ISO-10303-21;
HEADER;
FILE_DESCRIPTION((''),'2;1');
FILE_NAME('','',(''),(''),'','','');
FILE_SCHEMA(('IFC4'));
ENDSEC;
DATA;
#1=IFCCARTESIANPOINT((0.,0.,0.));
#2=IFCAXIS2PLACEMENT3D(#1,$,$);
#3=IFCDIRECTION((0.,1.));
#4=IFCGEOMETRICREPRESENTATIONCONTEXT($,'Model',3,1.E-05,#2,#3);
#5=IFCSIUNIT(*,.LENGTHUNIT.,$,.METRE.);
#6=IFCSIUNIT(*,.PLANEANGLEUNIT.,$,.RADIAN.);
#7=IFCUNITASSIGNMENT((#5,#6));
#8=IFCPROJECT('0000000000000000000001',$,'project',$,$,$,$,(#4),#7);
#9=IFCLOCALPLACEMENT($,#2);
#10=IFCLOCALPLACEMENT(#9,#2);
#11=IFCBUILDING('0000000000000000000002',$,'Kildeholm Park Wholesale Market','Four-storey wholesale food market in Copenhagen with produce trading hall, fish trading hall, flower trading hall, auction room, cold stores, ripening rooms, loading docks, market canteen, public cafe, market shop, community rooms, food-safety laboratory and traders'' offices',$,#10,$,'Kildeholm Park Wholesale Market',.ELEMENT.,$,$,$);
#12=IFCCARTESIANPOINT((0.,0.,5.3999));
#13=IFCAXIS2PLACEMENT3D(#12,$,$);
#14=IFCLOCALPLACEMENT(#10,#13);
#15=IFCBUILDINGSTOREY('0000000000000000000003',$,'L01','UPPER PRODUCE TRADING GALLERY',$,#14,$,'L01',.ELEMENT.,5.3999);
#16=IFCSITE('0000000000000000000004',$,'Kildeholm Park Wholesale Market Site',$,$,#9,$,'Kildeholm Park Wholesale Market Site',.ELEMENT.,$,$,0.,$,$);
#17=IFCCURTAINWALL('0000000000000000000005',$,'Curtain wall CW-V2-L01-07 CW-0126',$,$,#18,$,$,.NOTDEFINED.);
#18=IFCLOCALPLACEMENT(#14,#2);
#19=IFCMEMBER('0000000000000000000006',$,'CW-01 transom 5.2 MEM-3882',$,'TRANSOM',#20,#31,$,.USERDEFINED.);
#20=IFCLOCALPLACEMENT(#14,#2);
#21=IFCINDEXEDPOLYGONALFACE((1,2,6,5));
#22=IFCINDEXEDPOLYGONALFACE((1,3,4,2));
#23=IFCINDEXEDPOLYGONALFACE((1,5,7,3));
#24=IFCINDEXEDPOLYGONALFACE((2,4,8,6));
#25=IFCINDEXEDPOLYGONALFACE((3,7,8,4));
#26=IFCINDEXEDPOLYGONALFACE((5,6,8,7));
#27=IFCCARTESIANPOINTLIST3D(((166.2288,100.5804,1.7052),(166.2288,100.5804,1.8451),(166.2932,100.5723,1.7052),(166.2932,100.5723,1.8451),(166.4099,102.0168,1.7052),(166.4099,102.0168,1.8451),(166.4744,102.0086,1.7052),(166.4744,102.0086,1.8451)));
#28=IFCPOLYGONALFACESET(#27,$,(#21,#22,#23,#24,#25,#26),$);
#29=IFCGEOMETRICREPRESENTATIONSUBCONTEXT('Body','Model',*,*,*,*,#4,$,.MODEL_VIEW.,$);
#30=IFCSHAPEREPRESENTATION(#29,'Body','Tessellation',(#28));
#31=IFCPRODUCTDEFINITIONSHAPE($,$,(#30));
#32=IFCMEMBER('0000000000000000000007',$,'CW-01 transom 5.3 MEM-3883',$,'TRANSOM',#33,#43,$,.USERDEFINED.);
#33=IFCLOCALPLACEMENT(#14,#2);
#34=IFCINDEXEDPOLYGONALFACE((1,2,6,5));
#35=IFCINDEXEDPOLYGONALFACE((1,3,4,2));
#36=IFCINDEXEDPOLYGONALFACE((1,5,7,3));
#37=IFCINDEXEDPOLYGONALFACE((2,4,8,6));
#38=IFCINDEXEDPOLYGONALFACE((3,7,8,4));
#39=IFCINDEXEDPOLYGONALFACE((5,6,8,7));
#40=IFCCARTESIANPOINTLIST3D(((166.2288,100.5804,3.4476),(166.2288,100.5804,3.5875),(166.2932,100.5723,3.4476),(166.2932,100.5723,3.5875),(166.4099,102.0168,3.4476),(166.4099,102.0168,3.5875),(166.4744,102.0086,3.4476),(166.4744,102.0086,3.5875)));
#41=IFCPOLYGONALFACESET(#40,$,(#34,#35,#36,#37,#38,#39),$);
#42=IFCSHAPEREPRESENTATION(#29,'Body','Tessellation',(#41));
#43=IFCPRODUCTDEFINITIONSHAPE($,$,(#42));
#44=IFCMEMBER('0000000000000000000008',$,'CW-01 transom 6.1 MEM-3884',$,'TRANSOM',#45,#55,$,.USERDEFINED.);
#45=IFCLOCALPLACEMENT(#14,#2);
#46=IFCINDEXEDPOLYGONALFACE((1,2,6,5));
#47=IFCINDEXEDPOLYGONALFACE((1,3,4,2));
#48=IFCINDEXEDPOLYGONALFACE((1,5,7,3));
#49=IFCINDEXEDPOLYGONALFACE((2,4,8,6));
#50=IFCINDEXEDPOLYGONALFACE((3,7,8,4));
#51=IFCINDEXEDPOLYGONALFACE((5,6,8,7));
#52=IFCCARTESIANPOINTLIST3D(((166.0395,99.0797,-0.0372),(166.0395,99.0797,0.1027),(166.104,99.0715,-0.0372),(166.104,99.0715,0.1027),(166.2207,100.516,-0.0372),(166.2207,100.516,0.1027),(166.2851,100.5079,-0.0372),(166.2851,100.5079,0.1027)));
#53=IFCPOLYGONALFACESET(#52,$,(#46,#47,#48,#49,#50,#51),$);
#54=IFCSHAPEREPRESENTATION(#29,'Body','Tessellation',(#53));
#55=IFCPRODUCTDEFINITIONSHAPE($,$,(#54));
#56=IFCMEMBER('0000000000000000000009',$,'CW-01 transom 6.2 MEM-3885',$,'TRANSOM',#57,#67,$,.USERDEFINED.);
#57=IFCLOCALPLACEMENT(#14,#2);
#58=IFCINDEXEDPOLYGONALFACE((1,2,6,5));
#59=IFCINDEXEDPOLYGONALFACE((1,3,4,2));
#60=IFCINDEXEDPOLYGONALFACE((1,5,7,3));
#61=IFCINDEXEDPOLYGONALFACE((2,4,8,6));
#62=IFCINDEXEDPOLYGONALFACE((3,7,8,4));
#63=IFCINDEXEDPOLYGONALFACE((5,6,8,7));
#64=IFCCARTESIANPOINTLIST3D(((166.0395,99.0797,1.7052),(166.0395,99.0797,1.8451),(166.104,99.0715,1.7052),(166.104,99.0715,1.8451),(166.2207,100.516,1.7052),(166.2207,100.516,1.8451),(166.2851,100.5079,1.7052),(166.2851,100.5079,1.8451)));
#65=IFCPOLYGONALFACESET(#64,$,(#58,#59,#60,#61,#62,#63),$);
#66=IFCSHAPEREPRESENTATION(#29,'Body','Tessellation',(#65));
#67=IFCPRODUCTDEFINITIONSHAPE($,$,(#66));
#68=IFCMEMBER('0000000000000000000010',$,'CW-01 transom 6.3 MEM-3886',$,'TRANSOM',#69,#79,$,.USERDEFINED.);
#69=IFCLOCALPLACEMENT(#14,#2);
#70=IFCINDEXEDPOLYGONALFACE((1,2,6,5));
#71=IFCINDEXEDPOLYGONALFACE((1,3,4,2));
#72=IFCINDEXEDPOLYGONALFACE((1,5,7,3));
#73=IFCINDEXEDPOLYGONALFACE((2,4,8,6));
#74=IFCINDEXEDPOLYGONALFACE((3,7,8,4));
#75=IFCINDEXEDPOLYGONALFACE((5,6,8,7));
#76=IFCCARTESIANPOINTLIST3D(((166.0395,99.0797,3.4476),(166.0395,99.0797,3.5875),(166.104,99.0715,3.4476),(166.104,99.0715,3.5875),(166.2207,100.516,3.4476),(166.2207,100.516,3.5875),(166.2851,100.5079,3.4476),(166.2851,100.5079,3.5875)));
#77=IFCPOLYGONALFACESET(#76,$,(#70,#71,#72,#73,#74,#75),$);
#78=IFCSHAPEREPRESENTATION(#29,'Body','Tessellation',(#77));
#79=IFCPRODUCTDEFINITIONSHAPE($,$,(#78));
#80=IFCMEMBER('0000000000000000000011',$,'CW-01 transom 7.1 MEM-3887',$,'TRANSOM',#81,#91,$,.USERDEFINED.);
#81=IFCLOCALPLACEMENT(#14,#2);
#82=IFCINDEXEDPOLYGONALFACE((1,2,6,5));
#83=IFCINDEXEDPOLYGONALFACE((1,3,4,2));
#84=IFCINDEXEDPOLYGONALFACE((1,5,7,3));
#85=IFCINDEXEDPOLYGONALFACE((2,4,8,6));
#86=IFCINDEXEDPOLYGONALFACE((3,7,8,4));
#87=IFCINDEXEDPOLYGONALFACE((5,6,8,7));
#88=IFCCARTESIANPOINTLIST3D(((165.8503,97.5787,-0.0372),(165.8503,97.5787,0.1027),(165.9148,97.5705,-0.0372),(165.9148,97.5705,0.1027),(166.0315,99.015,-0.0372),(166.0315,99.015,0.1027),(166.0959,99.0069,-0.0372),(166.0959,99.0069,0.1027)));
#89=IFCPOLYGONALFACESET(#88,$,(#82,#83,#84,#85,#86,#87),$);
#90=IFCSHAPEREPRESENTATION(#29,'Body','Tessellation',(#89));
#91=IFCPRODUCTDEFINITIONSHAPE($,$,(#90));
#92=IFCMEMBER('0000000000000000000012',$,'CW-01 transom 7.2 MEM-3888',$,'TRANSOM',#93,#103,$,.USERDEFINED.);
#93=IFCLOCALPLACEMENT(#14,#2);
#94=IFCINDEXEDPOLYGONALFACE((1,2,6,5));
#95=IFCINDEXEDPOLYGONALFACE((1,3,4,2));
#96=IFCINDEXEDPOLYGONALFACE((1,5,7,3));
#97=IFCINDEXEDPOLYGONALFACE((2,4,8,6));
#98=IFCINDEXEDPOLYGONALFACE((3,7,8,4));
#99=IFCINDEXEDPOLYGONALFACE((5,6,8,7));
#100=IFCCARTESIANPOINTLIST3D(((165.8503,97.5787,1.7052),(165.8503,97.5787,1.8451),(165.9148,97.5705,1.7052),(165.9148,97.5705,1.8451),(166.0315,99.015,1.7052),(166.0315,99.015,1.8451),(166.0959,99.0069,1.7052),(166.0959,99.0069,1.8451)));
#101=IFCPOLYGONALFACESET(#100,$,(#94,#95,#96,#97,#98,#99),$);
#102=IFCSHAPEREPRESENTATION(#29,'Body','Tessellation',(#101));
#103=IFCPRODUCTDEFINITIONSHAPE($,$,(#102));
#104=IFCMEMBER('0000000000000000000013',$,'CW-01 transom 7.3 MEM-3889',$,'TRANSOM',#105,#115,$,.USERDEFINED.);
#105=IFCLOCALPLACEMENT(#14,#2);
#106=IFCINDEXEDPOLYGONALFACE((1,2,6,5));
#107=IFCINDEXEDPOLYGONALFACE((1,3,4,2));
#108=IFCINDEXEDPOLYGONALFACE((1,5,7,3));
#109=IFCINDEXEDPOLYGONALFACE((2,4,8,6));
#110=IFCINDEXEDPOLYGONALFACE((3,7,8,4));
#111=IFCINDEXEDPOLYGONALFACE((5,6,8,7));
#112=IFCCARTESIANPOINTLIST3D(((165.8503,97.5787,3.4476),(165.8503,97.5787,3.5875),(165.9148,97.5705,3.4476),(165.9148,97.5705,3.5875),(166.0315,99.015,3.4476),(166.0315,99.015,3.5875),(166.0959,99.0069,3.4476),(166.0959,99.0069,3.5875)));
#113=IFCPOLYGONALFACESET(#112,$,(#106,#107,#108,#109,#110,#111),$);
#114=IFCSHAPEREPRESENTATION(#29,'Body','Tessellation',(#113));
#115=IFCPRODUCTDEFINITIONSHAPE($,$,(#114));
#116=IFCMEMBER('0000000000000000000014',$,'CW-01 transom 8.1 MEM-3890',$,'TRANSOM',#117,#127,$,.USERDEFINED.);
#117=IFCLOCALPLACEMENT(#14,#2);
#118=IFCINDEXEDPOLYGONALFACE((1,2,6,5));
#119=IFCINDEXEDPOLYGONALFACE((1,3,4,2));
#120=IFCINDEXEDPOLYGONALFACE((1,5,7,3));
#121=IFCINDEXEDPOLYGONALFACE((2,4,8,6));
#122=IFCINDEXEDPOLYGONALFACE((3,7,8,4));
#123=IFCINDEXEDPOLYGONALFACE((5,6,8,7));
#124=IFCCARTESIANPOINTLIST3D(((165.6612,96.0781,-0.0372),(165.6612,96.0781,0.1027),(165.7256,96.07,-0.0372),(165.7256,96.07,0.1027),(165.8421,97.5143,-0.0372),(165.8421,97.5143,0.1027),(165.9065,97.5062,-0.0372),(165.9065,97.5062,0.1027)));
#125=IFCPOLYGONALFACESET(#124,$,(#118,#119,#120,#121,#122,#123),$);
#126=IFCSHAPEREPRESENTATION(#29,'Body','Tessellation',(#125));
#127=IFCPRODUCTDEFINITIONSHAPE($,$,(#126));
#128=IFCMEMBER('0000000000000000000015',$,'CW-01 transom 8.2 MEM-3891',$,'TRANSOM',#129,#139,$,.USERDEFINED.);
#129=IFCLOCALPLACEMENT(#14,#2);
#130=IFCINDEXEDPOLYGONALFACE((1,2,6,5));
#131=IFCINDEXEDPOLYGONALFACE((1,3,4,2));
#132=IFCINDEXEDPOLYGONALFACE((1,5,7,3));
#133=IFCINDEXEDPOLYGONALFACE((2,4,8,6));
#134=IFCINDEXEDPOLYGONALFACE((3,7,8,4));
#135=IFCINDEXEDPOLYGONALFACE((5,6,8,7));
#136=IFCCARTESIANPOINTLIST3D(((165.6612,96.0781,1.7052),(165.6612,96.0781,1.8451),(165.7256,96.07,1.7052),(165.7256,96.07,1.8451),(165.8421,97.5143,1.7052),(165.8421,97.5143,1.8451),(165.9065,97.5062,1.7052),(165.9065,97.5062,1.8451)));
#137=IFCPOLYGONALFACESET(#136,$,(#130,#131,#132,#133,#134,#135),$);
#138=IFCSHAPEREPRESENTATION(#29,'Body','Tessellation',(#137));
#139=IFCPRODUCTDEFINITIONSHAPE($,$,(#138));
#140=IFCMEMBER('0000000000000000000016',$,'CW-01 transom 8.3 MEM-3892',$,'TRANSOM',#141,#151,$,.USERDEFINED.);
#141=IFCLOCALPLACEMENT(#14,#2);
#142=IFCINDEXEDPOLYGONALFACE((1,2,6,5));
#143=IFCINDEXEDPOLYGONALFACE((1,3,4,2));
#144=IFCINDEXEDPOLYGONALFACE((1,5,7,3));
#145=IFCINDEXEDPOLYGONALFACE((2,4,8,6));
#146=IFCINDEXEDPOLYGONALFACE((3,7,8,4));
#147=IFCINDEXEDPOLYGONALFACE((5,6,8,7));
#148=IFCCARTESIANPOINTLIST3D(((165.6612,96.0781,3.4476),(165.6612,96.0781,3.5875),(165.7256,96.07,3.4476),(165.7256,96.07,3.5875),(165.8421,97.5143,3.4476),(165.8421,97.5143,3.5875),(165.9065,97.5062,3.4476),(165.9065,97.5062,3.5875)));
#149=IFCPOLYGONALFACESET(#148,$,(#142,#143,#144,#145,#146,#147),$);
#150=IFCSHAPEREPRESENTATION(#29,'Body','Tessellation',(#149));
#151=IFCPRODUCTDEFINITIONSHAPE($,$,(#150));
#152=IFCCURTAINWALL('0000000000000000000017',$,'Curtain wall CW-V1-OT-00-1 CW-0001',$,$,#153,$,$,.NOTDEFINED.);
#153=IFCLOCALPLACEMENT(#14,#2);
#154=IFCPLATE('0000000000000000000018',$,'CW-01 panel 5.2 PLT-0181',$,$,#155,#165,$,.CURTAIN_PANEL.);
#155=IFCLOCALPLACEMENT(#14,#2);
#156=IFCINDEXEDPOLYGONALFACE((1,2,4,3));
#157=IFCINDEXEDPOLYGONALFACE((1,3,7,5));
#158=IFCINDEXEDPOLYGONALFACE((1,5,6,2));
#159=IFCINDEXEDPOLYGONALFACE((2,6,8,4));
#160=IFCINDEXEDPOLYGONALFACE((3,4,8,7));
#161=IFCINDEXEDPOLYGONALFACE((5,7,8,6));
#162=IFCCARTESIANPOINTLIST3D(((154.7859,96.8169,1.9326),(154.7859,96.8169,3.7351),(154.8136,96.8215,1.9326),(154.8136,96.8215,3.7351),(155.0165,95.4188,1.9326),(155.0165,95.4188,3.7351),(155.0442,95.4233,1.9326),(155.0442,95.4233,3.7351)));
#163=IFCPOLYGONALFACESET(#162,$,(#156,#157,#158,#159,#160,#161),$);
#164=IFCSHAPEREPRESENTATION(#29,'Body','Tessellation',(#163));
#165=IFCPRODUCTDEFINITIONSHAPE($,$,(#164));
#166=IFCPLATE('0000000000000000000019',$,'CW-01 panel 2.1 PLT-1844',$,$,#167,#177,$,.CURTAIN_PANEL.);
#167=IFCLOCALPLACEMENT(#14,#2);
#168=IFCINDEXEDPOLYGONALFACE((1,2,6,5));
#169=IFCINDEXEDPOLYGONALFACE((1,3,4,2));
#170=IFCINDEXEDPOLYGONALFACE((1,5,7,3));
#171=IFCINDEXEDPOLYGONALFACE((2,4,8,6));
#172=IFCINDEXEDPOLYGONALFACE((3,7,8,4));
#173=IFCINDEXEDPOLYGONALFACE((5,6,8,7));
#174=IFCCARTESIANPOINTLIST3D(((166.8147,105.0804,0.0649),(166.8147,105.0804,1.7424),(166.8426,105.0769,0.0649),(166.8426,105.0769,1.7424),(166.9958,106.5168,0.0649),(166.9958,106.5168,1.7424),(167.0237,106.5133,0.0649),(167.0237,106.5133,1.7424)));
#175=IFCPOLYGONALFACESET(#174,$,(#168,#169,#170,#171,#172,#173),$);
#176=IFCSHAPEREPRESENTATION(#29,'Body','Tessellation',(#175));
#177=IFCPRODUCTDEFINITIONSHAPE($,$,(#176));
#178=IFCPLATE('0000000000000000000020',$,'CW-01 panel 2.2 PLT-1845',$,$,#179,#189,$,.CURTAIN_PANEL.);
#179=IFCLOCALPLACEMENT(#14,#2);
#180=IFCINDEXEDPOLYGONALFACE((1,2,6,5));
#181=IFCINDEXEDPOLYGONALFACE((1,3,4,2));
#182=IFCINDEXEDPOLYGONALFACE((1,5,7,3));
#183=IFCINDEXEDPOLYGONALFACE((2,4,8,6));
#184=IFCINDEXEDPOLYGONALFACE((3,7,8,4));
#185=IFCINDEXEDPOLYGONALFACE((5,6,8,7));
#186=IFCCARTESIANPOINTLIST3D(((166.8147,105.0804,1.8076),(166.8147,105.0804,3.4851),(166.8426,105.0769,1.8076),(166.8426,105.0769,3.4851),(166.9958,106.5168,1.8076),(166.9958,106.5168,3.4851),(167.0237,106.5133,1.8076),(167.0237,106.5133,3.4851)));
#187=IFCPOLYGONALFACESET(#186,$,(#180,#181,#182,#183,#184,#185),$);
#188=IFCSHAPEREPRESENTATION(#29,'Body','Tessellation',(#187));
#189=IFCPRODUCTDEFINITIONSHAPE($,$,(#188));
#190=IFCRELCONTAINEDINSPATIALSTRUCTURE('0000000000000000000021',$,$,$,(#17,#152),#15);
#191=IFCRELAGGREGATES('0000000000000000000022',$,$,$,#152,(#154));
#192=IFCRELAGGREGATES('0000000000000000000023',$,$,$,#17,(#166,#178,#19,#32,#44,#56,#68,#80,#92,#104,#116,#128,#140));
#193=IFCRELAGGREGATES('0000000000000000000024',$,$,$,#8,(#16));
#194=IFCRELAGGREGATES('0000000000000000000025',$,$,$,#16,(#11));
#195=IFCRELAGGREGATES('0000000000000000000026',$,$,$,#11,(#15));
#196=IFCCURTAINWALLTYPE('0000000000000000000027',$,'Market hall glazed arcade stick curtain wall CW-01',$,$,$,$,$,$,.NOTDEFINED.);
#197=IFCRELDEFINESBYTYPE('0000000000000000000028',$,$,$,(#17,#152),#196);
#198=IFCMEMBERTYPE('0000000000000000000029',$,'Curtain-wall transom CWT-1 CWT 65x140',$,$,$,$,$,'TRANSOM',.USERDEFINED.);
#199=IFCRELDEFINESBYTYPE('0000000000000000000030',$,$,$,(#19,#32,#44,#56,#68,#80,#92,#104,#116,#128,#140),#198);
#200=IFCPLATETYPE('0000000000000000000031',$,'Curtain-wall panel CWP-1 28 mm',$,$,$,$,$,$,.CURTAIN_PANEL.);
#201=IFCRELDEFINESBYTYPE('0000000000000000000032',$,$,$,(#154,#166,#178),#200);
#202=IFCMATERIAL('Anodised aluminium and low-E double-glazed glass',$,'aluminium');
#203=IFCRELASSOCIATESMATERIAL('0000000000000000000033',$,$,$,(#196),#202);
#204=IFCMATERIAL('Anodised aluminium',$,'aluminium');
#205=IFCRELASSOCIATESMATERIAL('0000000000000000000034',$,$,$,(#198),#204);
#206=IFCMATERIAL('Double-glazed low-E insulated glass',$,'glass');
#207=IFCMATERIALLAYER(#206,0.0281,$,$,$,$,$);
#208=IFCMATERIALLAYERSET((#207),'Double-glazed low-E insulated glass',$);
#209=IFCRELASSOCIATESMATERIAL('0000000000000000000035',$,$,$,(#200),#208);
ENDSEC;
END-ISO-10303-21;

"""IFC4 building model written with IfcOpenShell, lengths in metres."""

from ifc_helpers import new_model, si_unit, direction, frame, origin, origin_2d, place, context, subcontext, project, spatial, rectangle, extrude, material, layer, layer_set, material_profile, profile_set, type_object, element, aggregate, save


model = new_model("IFC4")

# Units and contexts
model_context = context("Model", 3, precision=1e-05, world=origin(), true_north=direction((0.0, 1.0)))
body_context = subcontext(model_context, "Body", "Model", "MODEL_VIEW")
ifc_project = project(units=[si_unit("LENGTHUNIT", "METRE"), si_unit("PLANEANGLEUNIT", "RADIAN")], contexts=[model_context])

# Site, building, storey
site_placement = place(None, origin())
site = spatial("IfcSite", under=ifc_project, at=site_placement, Name="Kildeholm Park Wholesale Market Site", LongName="Kildeholm Park Wholesale Market Site", CompositionType="ELEMENT", RefElevation=0.0)
building_placement = place(site_placement, origin())
building = spatial("IfcBuilding", under=site, at=building_placement, Name="Kildeholm Park Wholesale Market", Description="Four-storey wholesale food market in Copenhagen with produce trading hall, fish trading hall, flower trading hall, auction room, cold stores, ripening rooms, loading docks, market canteen, public cafe, market shop, community rooms, food-safety laboratory and traders' offices", LongName="Kildeholm Park Wholesale Market", CompositionType="ELEMENT")
storey_placement = place(building_placement, frame((0.0, 0.0, 5.3999)))
storey = spatial("IfcBuildingStorey", under=building, at=storey_placement, Name="L01", Description="UPPER PRODUCE TRADING GALLERY", LongName="L01", CompositionType="ELEMENT", Elevation=5.3999)

# Curtain wall, members
ifc_material_1 = material(Name="Anodised aluminium and low-E double-glazed glass", Category="aluminium")
curtain_wall_type = type_object("IfcCurtainWallType", Name="Market hall glazed arcade stick curtain wall CW-01", PredefinedType="NOTDEFINED", material=ifc_material_1)
curtain_wall_1_placement = place(storey_placement, origin())
curtain_wall_1 = element("IfcCurtainWall", 1, at=curtain_wall_1_placement, inside=storey, type_object=curtain_wall_type, Name="Curtain wall CW-V2-L01-07 CW-0126", PredefinedType="NOTDEFINED")
ifc_material_2 = material(Name="Anodised aluminium", Category="aluminium")
ifc_material_profile_1 = material_profile(ifc_material_2, rectangle(XDim=0.0649, YDim=0.1399, at=origin_2d()), Name="CWT 65x140")
ifc_profile_set_1 = profile_set([ifc_material_profile_1], Name="Anodised aluminium")
member_type_1 = type_object("IfcMemberType", Name="Curtain-wall transom CWT-1 CWT 65x140", ElementType="TRANSOM", PredefinedType="USERDEFINED", material=ifc_profile_set_1)
member_1_placement = place(storey_placement, frame((166.4421, 102.0127, 1.7751), z_axis=(-0.125135, -0.99214, 0.0), x_axis=(0.99214, -0.125135, 0.0)))
member_1 = element("IfcMember", 2, at=member_1_placement, type_object=member_type_1, Name="CW-01 transom 5.2 MEM-3882", ObjectType="TRANSOM", PredefinedType="USERDEFINED", context=body_context, shape_type="SweptSolid", body=[
    extrude(rectangle(XDim=0.0649, YDim=0.1399, at=origin_2d()), origin(), (0.0, 0.0, 1.0), 1.4478),
])
member_2_placement = place(storey_placement, frame((166.4421, 102.0127, 3.5176), z_axis=(-0.125135, -0.99214, 0.0), x_axis=(0.99214, -0.125135, 0.0)))
member_2 = element("IfcMember", 3, at=member_2_placement, type_object=member_type_1, Name="CW-01 transom 5.3 MEM-3883", ObjectType="TRANSOM", PredefinedType="USERDEFINED", context=body_context, shape_type="SweptSolid", body=[
    extrude(rectangle(XDim=0.0649, YDim=0.1399, at=origin_2d()), origin(), (0.0, 0.0, 1.0), 1.4478),
])
member_3_placement = place(storey_placement, frame((166.2529, 100.512, 0.0327), z_axis=(-0.125135, -0.99214, 0.0), x_axis=(0.99214, -0.125135, 0.0)))
member_3 = element("IfcMember", 4, at=member_3_placement, type_object=member_type_1, Name="CW-01 transom 6.1 MEM-3884", ObjectType="TRANSOM", PredefinedType="USERDEFINED", context=body_context, shape_type="SweptSolid", body=[
    extrude(rectangle(XDim=0.0649, YDim=0.1399, at=origin_2d()), origin(), (0.0, 0.0, 1.0), 1.4478),
])
member_4_placement = place(storey_placement, frame((166.2529, 100.512, 1.7751), z_axis=(-0.125135, -0.99214, 0.0), x_axis=(0.99214, -0.125135, 0.0)))
member_4 = element("IfcMember", 5, at=member_4_placement, type_object=member_type_1, Name="CW-01 transom 6.2 MEM-3885", ObjectType="TRANSOM", PredefinedType="USERDEFINED", context=body_context, shape_type="SweptSolid", body=[
    extrude(rectangle(XDim=0.0649, YDim=0.1399, at=origin_2d()), origin(), (0.0, 0.0, 1.0), 1.4478),
])
member_5_placement = place(storey_placement, frame((166.2529, 100.512, 3.5176), z_axis=(-0.125135, -0.99214, 0.0), x_axis=(0.99214, -0.125135, 0.0)))
member_5 = element("IfcMember", 6, at=member_5_placement, type_object=member_type_1, Name="CW-01 transom 6.3 MEM-3886", ObjectType="TRANSOM", PredefinedType="USERDEFINED", context=body_context, shape_type="SweptSolid", body=[
    extrude(rectangle(XDim=0.0649, YDim=0.1399, at=origin_2d()), origin(), (0.0, 0.0, 1.0), 1.4478),
])
member_6_placement = place(storey_placement, frame((166.0637, 99.011, 0.0327), z_axis=(-0.125135, -0.99214, 0.0), x_axis=(0.99214, -0.125135, 0.0)))
member_6 = element("IfcMember", 7, at=member_6_placement, type_object=member_type_1, Name="CW-01 transom 7.1 MEM-3887", ObjectType="TRANSOM", PredefinedType="USERDEFINED", context=body_context, shape_type="SweptSolid", body=[
    extrude(rectangle(XDim=0.0649, YDim=0.1399, at=origin_2d()), origin(), (0.0, 0.0, 1.0), 1.4478),
])
member_7_placement = place(storey_placement, frame((166.0637, 99.011, 1.7751), z_axis=(-0.125135, -0.99214, 0.0), x_axis=(0.99214, -0.125135, 0.0)))
member_7 = element("IfcMember", 8, at=member_7_placement, type_object=member_type_1, Name="CW-01 transom 7.2 MEM-3888", ObjectType="TRANSOM", PredefinedType="USERDEFINED", context=body_context, shape_type="SweptSolid", body=[
    extrude(rectangle(XDim=0.0649, YDim=0.1399, at=origin_2d()), origin(), (0.0, 0.0, 1.0), 1.4478),
])
member_8_placement = place(storey_placement, frame((166.0637, 99.011, 3.5176), z_axis=(-0.125135, -0.99214, 0.0), x_axis=(0.99214, -0.125135, 0.0)))
member_8 = element("IfcMember", 9, at=member_8_placement, type_object=member_type_1, Name="CW-01 transom 7.3 MEM-3889", ObjectType="TRANSOM", PredefinedType="USERDEFINED", context=body_context, shape_type="SweptSolid", body=[
    extrude(rectangle(XDim=0.0649, YDim=0.1399, at=origin_2d()), origin(), (0.0, 0.0, 1.0), 1.4478),
])
member_9_placement = place(storey_placement, frame((165.8743, 97.5103, 0.0327), z_axis=(-0.124969, -0.992161, 0.0), x_axis=(0.992161, -0.124969, 0.0)))
member_9 = element("IfcMember", 10, at=member_9_placement, type_object=member_type_1, Name="CW-01 transom 8.1 MEM-3890", ObjectType="TRANSOM", PredefinedType="USERDEFINED", context=body_context, shape_type="SweptSolid", body=[
    extrude(rectangle(XDim=0.0649, YDim=0.1399, at=origin_2d()), origin(), (0.0, 0.0, 1.0), 1.4475),
])
member_10_placement = place(storey_placement, frame((165.8743, 97.5103, 1.7751), z_axis=(-0.124969, -0.992161, 0.0), x_axis=(0.992161, -0.124969, 0.0)))
member_10 = element("IfcMember", 11, at=member_10_placement, type_object=member_type_1, Name="CW-01 transom 8.2 MEM-3891", ObjectType="TRANSOM", PredefinedType="USERDEFINED", context=body_context, shape_type="SweptSolid", body=[
    extrude(rectangle(XDim=0.0649, YDim=0.1399, at=origin_2d()), origin(), (0.0, 0.0, 1.0), 1.4475),
])
member_11_placement = place(storey_placement, frame((165.8743, 97.5103, 3.5176), z_axis=(-0.124969, -0.992161, 0.0), x_axis=(0.992161, -0.124969, 0.0)))
member_11 = element("IfcMember", 12, at=member_11_placement, type_object=member_type_1, Name="CW-01 transom 8.3 MEM-3892", ObjectType="TRANSOM", PredefinedType="USERDEFINED", context=body_context, shape_type="SweptSolid", body=[
    extrude(rectangle(XDim=0.0649, YDim=0.1399, at=origin_2d()), origin(), (0.0, 0.0, 1.0), 1.4475),
])

# Curtain wall, plate
curtain_wall_2_placement = place(storey_placement, origin())
curtain_wall_2 = element("IfcCurtainWall", 13, at=curtain_wall_2_placement, inside=storey, type_object=curtain_wall_type, Name="Curtain wall CW-V1-OT-00-1 CW-0001", PredefinedType="NOTDEFINED")
ifc_material_3 = material(Name="Double-glazed low-E insulated glass", Category="glass")
ifc_layer = layer(ifc_material_3, 0.0281)
ifc_layer_set = layer_set([ifc_layer], Name="Double-glazed low-E insulated glass")
plate_type = type_object("IfcPlateType", Name="Curtain-wall panel CWP-1 28 mm", PredefinedType="CURTAIN_PANEL", material=ifc_layer_set)
plate_1_placement = place(storey_placement, frame((154.915, 96.1201, 1.9326), z_axis=(0.0, 0.0, 1.0), x_axis=(-0.162703, 0.986675, 0.0)))
plate_1 = element("IfcPlate", 14, at=plate_1_placement, type_object=plate_type, Name="CW-01 panel 5.2 PLT-0181", PredefinedType="CURTAIN_PANEL", context=body_context, shape_type="SweptSolid", body=[
    extrude(rectangle(XDim=1.417, YDim=0.0281, at=origin_2d()), origin(), (0.0, 0.0, 1.0), 1.8025),
])
aggregate(curtain_wall_2, [plate_1])

# Plates
plate_2_placement = place(storey_placement, frame((166.9192, 105.7969, 0.0649), z_axis=(0.0, 0.0, 1.0), x_axis=(-0.125092, -0.992145, 0.0)))
plate_2 = element("IfcPlate", 15, at=plate_2_placement, type_object=plate_type, Name="CW-01 panel 2.1 PLT-1844", PredefinedType="CURTAIN_PANEL", context=body_context, shape_type="SweptSolid", body=[
    extrude(rectangle(XDim=1.4478, YDim=0.0281, at=origin_2d()), origin(), (0.0, 0.0, 1.0), 1.6775),
])
plate_3_placement = place(storey_placement, frame((166.9192, 105.7969, 1.8076), z_axis=(0.0, 0.0, 1.0), x_axis=(-0.125092, -0.992145, 0.0)))
plate_3 = element("IfcPlate", 16, at=plate_3_placement, type_object=plate_type, Name="CW-01 panel 2.2 PLT-1845", PredefinedType="CURTAIN_PANEL", context=body_context, shape_type="SweptSolid", body=[
    extrude(rectangle(XDim=1.4478, YDim=0.0281, at=origin_2d()), origin(), (0.0, 0.0, 1.0), 1.6775),
])
aggregate(curtain_wall_1, [plate_2, plate_3, member_1, member_2, member_3, member_4, member_5, member_6, member_7, member_8, member_9, member_10, member_11])

save(model, "model.ifc")
